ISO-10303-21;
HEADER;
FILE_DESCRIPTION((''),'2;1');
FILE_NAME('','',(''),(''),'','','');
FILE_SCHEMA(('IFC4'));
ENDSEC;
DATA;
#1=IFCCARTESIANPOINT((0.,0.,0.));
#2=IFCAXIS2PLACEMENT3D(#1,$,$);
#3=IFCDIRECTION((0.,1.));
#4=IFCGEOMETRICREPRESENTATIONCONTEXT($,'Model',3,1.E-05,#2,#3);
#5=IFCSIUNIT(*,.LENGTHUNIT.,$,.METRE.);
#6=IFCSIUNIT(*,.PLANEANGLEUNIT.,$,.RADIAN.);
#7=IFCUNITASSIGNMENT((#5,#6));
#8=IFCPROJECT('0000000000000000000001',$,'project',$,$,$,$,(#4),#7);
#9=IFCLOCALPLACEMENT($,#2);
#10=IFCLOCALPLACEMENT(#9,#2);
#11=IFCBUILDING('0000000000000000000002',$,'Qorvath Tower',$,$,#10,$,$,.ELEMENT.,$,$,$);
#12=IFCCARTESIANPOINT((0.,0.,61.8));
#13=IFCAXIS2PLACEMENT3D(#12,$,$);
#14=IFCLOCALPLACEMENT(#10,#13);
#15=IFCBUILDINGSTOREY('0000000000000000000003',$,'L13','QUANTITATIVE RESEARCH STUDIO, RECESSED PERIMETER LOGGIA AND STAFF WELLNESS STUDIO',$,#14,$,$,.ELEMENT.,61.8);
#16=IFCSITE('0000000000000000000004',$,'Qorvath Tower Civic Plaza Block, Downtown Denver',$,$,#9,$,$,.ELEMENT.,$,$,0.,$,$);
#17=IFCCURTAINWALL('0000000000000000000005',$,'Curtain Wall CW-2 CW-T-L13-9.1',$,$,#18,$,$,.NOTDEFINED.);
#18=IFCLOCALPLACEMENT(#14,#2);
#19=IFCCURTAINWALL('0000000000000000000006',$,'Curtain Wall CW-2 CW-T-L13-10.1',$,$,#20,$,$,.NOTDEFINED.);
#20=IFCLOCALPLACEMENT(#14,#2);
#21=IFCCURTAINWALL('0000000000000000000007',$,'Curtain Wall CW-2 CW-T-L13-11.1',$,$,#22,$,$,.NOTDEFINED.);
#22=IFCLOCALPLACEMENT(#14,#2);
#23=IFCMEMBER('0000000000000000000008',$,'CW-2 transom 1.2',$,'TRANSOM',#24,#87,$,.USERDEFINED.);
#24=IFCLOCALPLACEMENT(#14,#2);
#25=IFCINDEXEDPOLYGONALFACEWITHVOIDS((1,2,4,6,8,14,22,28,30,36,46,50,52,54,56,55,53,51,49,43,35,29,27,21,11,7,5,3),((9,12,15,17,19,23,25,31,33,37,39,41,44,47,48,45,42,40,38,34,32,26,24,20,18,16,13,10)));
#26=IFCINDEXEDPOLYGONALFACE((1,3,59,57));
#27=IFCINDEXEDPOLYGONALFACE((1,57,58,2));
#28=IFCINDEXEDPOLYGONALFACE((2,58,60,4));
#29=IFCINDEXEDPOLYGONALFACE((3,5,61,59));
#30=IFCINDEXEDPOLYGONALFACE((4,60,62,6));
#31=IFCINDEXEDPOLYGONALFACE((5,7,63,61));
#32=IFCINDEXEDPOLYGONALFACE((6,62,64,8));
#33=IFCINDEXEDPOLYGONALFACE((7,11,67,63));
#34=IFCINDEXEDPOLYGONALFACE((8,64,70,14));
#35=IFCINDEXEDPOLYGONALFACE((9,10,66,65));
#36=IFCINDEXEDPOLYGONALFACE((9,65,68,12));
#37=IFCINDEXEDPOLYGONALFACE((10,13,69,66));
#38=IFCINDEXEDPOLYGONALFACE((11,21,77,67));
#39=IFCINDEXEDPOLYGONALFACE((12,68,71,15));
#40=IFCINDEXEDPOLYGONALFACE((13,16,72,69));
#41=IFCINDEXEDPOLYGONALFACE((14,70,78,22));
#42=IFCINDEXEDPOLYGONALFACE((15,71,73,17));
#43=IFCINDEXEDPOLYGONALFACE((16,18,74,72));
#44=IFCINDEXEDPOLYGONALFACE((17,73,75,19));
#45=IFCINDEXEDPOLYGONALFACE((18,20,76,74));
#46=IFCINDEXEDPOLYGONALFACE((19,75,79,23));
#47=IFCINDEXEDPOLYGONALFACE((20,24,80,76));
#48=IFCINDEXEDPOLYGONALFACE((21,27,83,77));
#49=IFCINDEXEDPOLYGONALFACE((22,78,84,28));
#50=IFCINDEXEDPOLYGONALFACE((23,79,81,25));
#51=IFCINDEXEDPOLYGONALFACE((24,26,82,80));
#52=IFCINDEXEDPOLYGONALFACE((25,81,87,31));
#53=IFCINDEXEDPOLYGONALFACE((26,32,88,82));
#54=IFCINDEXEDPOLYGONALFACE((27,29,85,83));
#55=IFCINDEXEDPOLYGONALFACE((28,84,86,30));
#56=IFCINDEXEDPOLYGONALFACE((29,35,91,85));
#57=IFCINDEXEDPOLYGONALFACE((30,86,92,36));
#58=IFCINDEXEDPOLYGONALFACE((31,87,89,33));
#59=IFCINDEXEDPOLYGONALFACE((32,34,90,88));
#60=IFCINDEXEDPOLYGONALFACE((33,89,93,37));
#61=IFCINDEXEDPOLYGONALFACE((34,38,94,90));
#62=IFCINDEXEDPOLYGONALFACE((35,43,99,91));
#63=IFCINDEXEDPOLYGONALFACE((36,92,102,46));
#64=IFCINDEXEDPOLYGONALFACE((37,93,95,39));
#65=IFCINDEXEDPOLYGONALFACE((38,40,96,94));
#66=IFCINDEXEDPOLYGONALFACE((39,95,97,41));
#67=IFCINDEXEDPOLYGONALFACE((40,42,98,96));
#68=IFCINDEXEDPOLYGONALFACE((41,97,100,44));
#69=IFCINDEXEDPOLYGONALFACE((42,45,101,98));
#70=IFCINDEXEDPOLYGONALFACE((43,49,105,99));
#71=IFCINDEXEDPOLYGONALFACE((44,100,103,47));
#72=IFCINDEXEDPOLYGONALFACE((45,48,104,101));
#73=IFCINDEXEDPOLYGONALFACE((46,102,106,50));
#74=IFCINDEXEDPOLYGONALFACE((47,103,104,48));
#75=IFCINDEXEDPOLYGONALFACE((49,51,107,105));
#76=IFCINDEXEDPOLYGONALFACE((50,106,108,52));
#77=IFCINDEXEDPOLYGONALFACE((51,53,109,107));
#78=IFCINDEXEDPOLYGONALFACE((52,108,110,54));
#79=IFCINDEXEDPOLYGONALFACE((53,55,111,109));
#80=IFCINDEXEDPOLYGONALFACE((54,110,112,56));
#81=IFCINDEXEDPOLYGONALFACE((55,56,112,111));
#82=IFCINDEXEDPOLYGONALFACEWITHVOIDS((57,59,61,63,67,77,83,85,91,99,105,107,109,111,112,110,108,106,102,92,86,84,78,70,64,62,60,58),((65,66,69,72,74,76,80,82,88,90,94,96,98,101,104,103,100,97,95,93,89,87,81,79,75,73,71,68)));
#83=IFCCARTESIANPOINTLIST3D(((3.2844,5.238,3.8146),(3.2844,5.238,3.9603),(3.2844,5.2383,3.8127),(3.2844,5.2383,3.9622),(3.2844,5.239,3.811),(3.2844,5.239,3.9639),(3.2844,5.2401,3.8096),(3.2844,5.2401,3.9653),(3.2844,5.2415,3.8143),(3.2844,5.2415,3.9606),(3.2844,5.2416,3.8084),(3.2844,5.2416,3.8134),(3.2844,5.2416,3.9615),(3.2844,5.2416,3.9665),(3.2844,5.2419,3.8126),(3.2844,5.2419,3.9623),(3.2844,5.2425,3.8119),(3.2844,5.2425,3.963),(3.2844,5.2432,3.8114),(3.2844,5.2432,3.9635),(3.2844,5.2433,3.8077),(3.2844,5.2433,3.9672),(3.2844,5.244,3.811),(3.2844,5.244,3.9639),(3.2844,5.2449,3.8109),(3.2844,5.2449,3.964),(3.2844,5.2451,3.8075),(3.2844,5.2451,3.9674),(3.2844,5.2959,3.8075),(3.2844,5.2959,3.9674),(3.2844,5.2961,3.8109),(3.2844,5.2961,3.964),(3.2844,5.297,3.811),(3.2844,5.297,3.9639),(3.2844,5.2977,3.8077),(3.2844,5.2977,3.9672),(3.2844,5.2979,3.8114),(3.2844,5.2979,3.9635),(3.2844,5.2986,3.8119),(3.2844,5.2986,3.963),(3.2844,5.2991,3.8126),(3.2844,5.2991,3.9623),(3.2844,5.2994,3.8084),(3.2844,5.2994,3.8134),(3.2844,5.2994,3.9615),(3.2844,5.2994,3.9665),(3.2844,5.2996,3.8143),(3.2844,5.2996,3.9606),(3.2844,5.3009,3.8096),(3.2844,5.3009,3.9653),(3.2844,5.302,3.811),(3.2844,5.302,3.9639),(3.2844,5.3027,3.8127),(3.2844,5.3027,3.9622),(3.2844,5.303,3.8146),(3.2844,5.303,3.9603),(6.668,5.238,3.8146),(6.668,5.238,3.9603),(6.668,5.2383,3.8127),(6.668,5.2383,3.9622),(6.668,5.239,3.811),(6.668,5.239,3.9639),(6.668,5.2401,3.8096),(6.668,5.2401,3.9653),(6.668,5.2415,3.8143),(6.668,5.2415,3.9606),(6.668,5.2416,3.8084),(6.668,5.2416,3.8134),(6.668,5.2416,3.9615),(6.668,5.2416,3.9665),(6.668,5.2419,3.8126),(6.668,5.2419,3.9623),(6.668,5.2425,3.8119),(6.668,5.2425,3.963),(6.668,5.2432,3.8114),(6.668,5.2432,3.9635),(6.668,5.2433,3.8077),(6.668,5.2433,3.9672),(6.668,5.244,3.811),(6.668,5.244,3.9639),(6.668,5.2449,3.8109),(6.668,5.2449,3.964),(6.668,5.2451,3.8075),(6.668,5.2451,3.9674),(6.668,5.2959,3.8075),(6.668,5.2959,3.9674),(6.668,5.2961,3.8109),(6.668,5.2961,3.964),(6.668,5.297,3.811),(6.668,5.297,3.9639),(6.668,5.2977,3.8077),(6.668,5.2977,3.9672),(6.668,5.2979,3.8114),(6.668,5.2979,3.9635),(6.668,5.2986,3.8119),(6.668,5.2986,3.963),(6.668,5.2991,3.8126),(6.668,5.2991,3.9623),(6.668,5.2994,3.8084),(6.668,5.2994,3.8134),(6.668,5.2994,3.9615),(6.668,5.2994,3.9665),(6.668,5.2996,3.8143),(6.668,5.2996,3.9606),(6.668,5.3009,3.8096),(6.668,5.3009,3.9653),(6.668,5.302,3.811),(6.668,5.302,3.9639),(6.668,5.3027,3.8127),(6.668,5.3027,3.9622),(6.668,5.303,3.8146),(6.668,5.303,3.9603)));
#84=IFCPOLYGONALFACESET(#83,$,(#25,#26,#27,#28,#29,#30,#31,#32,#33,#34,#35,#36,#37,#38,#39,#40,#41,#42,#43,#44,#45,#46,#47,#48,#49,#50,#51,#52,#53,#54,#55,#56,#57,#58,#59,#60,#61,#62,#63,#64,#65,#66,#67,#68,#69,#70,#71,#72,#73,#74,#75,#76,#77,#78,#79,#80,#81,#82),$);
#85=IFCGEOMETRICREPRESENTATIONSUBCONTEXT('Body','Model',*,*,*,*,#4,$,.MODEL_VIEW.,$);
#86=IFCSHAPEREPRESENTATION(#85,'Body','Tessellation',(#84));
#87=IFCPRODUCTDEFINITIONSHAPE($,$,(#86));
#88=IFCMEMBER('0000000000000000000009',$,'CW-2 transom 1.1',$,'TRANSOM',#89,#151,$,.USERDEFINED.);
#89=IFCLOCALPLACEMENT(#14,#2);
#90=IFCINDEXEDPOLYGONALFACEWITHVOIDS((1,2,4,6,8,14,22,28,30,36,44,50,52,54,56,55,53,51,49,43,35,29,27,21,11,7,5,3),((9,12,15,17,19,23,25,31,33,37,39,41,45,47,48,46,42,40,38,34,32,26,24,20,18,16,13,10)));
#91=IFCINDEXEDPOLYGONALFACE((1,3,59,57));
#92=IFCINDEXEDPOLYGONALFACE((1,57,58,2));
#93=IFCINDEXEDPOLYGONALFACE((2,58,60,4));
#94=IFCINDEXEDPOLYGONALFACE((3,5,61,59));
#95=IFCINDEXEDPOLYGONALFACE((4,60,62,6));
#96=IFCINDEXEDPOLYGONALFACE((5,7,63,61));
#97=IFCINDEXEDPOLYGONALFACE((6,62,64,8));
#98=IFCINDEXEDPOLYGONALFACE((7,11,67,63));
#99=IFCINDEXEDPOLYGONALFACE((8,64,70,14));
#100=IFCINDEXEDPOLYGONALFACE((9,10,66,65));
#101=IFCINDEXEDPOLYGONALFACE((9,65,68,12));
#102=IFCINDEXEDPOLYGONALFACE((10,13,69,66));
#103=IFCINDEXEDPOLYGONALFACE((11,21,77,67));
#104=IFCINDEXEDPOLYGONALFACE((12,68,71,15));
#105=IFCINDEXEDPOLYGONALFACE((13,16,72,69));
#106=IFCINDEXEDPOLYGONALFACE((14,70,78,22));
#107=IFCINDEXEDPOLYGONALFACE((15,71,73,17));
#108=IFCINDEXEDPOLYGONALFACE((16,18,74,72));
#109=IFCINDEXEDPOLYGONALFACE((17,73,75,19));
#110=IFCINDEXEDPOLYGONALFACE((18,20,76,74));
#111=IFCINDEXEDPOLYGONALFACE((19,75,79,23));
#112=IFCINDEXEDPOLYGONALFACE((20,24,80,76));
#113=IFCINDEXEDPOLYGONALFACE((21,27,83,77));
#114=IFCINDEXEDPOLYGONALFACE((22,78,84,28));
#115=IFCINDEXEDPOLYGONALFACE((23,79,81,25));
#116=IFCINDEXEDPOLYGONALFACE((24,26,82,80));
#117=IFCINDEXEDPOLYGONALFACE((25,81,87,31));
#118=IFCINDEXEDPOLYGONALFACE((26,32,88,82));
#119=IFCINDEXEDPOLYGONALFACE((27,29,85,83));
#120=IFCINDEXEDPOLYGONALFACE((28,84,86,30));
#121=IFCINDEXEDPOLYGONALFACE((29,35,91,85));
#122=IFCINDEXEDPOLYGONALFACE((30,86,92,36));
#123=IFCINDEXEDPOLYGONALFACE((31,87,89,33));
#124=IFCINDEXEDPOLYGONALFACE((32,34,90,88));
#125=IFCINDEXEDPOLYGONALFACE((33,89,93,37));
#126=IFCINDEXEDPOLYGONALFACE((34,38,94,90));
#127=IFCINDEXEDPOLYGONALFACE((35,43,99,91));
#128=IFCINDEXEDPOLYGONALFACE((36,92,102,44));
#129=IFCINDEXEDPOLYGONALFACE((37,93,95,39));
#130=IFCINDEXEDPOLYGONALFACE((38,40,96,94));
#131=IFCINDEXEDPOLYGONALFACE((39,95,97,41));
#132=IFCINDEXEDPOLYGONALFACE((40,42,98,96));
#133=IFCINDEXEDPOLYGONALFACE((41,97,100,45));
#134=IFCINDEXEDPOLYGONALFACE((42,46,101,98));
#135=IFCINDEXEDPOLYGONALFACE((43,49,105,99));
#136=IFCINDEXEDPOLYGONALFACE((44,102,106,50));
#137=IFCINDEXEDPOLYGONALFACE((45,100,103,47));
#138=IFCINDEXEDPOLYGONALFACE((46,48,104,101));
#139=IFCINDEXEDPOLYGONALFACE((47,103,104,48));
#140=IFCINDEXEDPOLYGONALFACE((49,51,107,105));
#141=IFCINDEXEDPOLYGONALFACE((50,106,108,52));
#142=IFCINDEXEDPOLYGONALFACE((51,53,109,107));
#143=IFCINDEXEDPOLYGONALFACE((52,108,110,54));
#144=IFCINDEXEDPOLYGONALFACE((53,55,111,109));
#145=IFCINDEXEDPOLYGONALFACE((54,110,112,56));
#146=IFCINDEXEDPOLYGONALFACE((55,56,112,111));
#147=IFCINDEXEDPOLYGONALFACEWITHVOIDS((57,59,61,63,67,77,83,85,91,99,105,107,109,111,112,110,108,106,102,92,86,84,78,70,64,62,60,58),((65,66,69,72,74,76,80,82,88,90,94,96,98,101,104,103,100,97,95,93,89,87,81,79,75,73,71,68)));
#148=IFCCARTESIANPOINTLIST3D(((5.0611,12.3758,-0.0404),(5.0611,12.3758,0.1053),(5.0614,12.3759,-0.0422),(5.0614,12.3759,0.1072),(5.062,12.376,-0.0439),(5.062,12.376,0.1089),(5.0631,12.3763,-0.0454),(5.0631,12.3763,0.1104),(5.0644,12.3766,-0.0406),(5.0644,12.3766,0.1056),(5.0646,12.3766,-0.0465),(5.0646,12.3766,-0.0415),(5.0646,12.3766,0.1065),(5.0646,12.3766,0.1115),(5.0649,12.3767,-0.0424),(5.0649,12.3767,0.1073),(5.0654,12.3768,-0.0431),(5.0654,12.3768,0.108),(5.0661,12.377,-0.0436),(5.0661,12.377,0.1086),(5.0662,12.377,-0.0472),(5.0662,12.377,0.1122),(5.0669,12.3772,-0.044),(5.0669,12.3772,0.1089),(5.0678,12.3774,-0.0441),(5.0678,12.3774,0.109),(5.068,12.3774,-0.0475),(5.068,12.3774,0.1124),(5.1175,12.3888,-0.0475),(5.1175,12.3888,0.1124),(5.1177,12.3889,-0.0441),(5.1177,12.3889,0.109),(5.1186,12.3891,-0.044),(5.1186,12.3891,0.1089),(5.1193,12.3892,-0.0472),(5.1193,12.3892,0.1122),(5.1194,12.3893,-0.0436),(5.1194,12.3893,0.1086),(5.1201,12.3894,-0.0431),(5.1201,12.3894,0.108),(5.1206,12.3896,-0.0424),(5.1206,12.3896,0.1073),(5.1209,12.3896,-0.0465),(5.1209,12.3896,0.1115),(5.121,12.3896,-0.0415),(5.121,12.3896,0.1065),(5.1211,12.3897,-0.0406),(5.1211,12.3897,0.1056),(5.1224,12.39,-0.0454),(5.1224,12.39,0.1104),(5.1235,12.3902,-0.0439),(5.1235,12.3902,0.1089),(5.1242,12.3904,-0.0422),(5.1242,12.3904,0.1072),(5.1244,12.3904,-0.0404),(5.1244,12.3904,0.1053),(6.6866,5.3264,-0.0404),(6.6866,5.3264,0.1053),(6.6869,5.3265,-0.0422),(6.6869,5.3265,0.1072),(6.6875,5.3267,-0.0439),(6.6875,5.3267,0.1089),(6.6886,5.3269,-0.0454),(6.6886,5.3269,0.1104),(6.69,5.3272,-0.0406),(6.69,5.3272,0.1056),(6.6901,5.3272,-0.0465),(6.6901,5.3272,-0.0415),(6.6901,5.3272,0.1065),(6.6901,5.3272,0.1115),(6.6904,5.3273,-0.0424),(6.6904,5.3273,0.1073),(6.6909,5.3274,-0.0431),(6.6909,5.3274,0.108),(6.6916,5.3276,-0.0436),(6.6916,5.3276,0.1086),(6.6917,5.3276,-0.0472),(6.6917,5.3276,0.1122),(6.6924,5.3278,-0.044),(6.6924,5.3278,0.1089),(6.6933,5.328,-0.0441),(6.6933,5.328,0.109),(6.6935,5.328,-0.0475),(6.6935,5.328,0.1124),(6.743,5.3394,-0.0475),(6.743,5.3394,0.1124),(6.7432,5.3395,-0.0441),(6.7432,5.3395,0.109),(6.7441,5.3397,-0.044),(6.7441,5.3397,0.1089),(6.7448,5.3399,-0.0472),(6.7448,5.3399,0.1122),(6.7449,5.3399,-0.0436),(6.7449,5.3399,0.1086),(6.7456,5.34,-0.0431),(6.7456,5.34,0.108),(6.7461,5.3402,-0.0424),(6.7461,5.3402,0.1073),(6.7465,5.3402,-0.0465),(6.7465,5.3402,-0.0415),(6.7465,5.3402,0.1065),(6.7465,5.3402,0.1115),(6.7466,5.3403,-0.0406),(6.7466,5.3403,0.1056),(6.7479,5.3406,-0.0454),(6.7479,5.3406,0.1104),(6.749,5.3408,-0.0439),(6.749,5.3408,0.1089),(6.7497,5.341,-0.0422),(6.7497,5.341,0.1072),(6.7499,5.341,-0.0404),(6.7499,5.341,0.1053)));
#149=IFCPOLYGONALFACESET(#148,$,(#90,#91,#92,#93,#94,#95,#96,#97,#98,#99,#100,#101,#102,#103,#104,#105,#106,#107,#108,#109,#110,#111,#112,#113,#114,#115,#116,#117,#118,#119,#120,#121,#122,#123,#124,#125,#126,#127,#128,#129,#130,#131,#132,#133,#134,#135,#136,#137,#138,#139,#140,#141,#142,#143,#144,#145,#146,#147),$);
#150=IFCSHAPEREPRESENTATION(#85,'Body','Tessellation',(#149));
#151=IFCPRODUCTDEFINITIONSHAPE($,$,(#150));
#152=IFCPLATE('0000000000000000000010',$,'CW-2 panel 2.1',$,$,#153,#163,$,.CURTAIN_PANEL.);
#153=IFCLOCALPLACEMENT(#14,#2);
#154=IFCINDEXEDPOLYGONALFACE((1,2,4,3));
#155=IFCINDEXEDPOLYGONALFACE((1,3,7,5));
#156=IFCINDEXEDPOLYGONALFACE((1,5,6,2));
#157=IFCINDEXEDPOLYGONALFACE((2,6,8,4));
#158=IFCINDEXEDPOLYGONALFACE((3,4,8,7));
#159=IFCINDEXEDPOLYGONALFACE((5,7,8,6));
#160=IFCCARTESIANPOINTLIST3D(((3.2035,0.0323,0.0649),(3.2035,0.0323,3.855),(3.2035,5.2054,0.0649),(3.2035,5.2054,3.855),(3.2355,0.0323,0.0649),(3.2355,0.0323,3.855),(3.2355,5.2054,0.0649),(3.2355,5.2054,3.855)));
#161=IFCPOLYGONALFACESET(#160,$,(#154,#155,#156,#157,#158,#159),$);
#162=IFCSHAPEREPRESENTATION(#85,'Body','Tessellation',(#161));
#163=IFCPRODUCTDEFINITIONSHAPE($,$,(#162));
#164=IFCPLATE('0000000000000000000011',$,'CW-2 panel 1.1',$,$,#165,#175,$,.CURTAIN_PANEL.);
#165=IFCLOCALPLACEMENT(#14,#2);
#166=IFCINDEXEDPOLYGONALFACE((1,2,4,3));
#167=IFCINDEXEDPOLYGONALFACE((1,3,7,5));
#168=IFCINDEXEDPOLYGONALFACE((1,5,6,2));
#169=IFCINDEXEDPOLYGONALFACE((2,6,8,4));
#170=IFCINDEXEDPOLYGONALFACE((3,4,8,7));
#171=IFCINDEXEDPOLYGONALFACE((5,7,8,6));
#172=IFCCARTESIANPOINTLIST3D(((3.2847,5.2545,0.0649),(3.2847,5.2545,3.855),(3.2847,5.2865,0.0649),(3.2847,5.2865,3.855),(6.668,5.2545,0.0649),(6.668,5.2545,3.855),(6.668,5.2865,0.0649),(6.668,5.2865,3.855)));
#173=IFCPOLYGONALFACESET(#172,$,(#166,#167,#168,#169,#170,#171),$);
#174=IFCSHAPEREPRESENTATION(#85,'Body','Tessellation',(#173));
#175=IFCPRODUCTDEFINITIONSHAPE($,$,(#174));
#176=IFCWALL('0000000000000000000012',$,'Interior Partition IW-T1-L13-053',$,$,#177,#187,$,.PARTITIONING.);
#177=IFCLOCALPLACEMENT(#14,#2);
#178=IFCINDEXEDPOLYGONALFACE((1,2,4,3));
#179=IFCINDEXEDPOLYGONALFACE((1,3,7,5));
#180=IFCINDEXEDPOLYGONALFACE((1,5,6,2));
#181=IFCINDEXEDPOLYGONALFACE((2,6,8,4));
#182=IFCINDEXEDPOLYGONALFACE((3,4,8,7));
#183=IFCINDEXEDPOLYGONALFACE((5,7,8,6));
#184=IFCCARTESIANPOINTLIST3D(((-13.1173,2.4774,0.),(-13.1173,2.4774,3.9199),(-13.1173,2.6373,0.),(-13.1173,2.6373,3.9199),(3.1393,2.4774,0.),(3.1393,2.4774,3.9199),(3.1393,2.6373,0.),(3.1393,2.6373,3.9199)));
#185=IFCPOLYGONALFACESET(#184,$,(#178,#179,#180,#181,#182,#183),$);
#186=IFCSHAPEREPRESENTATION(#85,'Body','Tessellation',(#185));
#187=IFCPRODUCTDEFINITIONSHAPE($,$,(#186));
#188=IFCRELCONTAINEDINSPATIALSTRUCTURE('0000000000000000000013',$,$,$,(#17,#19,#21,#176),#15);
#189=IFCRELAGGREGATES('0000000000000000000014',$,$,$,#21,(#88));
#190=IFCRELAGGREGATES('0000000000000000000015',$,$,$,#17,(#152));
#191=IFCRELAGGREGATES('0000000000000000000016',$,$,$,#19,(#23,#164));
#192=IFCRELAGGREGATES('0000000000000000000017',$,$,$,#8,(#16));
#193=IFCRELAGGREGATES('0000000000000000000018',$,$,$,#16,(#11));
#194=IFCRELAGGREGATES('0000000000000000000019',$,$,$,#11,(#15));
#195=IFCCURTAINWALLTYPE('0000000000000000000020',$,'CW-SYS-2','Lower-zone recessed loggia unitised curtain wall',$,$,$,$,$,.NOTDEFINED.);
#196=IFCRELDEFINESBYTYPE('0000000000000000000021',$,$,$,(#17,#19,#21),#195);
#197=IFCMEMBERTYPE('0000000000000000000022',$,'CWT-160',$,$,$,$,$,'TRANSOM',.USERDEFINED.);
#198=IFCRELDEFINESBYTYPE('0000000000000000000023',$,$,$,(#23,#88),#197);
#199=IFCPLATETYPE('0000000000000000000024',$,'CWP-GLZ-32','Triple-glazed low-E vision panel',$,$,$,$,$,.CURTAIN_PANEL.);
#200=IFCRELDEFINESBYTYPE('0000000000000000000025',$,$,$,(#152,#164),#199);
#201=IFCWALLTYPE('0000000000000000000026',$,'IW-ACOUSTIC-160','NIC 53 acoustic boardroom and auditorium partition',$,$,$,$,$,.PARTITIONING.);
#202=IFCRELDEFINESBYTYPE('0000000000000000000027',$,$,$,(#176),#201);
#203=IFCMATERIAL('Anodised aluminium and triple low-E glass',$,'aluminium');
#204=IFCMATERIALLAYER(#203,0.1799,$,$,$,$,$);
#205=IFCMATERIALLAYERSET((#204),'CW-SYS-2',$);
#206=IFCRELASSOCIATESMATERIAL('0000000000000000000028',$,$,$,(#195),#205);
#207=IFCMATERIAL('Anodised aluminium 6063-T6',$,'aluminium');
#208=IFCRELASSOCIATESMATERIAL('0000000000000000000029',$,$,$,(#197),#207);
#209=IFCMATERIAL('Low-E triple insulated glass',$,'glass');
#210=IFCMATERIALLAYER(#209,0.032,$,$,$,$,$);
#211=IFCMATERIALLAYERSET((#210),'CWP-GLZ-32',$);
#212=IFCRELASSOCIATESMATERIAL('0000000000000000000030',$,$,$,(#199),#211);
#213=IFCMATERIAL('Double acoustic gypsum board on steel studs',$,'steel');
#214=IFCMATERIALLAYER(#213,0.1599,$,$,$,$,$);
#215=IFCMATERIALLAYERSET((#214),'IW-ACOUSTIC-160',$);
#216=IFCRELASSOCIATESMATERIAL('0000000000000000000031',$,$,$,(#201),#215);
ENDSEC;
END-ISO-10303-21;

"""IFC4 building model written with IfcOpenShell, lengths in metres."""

from ifc_helpers import new_model, si_unit, direction, frame, frame_2d, origin, origin_2d, place, context, subcontext, project, spatial, rectangle, hollow_rectangle, extrude, material, layer, layer_set, material_profile, profile_set, type_object, element, aggregate, save


model = new_model("IFC4")

# Units and contexts
model_context = context("Model", 3, precision=1e-05, world=origin(), true_north=direction((0.0, 1.0)))
body_context = subcontext(model_context, "Body", "Model", "MODEL_VIEW")
ifc_project = project(units=[si_unit("LENGTHUNIT", "METRE"), si_unit("PLANEANGLEUNIT", "RADIAN")], contexts=[model_context])

# Site, building, storey
site_placement = place(None, origin())
site = spatial("IfcSite", under=ifc_project, at=site_placement, Name="Qorvath Tower Civic Plaza Block, Downtown Denver", CompositionType="ELEMENT", RefElevation=0.0)
building_placement = place(site_placement, origin())
building = spatial("IfcBuilding", under=site, at=building_placement, Name="Qorvath Tower", CompositionType="ELEMENT")
storey_placement = place(building_placement, frame((0.0, 0.0, 61.8)))
storey = spatial("IfcBuildingStorey", under=building, at=storey_placement, Name="L13", Description="QUANTITATIVE RESEARCH STUDIO, RECESSED PERIMETER LOGGIA AND STAFF WELLNESS STUDIO", CompositionType="ELEMENT", Elevation=61.8)

# Curtain walls
ifc_material_1 = material(Name="Anodised aluminium and triple low-E glass", Category="aluminium")
ifc_layer_1 = layer(ifc_material_1, 0.1799)
ifc_layer_set_1 = layer_set([ifc_layer_1], Name="CW-SYS-2")
curtain_wall_type = type_object("IfcCurtainWallType", Name="CW-SYS-2", Description="Lower-zone recessed loggia unitised curtain wall", PredefinedType="NOTDEFINED", material=ifc_layer_set_1)
curtain_wall_1_placement = place(storey_placement, origin())
curtain_wall_1 = element("IfcCurtainWall", 1, at=curtain_wall_1_placement, inside=storey, type_object=curtain_wall_type, Name="Curtain Wall CW-2 CW-T-L13-9.1", PredefinedType="NOTDEFINED")
curtain_wall_2_placement = place(storey_placement, origin())
curtain_wall_2 = element("IfcCurtainWall", 2, at=curtain_wall_2_placement, inside=storey, type_object=curtain_wall_type, Name="Curtain Wall CW-2 CW-T-L13-10.1", PredefinedType="NOTDEFINED")

# Curtain wall
curtain_wall_3_placement = place(storey_placement, origin())
curtain_wall_3 = element("IfcCurtainWall", 3, at=curtain_wall_3_placement, inside=storey, type_object=curtain_wall_type, Name="Curtain Wall CW-2 CW-T-L13-11.1", PredefinedType="NOTDEFINED")

# Members
ifc_material_2 = material(Name="Anodised aluminium 6063-T6", Category="aluminium")
ifc_material_profile_1 = material_profile(ifc_material_2, hollow_rectangle(XDim=0.0649, YDim=0.1599, WallThickness=0.0034, InnerFilletRadius=0.0034, OuterFilletRadius=0.0071, at=origin_2d()), Name="CWT 160x65")
ifc_profile_set_1 = profile_set([ifc_material_profile_1], Name="Anodised aluminium 6063-T6")
member_type_1 = type_object("IfcMemberType", Name="CWT-160", ElementType="TRANSOM", PredefinedType="USERDEFINED", material=ifc_profile_set_1)
member_1_placement = place(storey_placement, frame((3.2844, 5.2705, 3.8875), z_axis=(1.0, 0.0, 0.0), x_axis=(0.0, 1.0, 0.0)))
member_1 = element("IfcMember", 4, at=member_1_placement, type_object=member_type_1, Name="CW-2 transom 1.2", ObjectType="TRANSOM", PredefinedType="USERDEFINED", context=body_context, shape_type="SweptSolid", body=[
    extrude(hollow_rectangle(XDim=0.0649, YDim=0.1599, WallThickness=0.0034, InnerFilletRadius=0.0034, OuterFilletRadius=0.0071, at=origin_2d()), origin(), (0.0, 0.0, 1.0), 3.3835),
])
member_2_placement = place(storey_placement, frame((6.7183, 5.3337, 0.0325), z_axis=(-0.224692, 0.97443, 0.0), x_axis=(-0.97443, -0.224692, 0.0)))
member_2 = element("IfcMember", 5, at=member_2_placement, type_object=member_type_1, Name="CW-2 transom 1.1", ObjectType="TRANSOM", PredefinedType="USERDEFINED", context=body_context, shape_type="SweptSolid", body=[
    extrude(hollow_rectangle(XDim=0.0649, YDim=0.1599, WallThickness=0.0034, InnerFilletRadius=0.0034, OuterFilletRadius=0.0071, at=origin_2d()), origin(), (0.0, 0.0, 1.0), 7.2344),
])
aggregate(curtain_wall_3, [member_2])

# Plates
ifc_material_3 = material(Name="Low-E triple insulated glass", Category="glass")
ifc_layer_2 = layer(ifc_material_3, 0.032)
ifc_layer_set_2 = layer_set([ifc_layer_2], Name="CWP-GLZ-32")
plate_type = type_object("IfcPlateType", Name="CWP-GLZ-32", Description="Triple-glazed low-E vision panel", PredefinedType="CURTAIN_PANEL", material=ifc_layer_set_2)
plate_1_placement = place(storey_placement, frame((3.2195, 2.6189, 0.0649), z_axis=(0.0, 0.0, 1.0), x_axis=(0.0, 1.0, 0.0)))
plate_1 = element("IfcPlate", 6, at=plate_1_placement, type_object=plate_type, Name="CW-2 panel 2.1", PredefinedType="CURTAIN_PANEL", context=body_context, shape_type="SweptSolid", body=[
    extrude(rectangle(XDim=5.1731, YDim=0.032, at=origin_2d()), origin(), (0.0, 0.0, 1.0), 3.79),
])
aggregate(curtain_wall_1, [plate_1])
plate_2_placement = place(storey_placement, frame((4.9763, 5.2705, 0.0649), z_axis=(0.0, 0.0, 1.0), x_axis=(1.0, 0.0, 0.0)))
plate_2 = element("IfcPlate", 7, at=plate_2_placement, type_object=plate_type, Name="CW-2 panel 1.1", PredefinedType="CURTAIN_PANEL", context=body_context, shape_type="SweptSolid", body=[
    extrude(rectangle(XDim=3.3833, YDim=0.032, at=origin_2d()), origin(), (0.0, 0.0, 1.0), 3.79),
])
aggregate(curtain_wall_2, [member_1, plate_2])

# Wall
ifc_material_4 = material(Name="Double acoustic gypsum board on steel studs", Category="steel")
ifc_layer_3 = layer(ifc_material_4, 0.1599)
ifc_layer_set_3 = layer_set([ifc_layer_3], Name="IW-ACOUSTIC-160")
wall_type = type_object("IfcWallType", Name="IW-ACOUSTIC-160", Description="NIC 53 acoustic boardroom and auditorium partition", PredefinedType="PARTITIONING", material=ifc_layer_set_3)
wall_placement = place(storey_placement, frame((3.1394, 2.5574, 0.0), z_axis=(0.0, 0.0, 1.0), x_axis=(-1.0, 0.0, 0.0)))
element("IfcWall", 8, at=wall_placement, inside=storey, type_object=wall_type, Name="Interior Partition IW-T1-L13-053", PredefinedType="PARTITIONING", context=body_context, shape_type="SweptSolid", body=[
    extrude(rectangle(XDim=16.2566, YDim=0.1599, at=frame_2d((8.1284, 0.0))), origin(), (0.0, 0.0, 1.0), 3.9199),
])

save(model, "model.ifc")
